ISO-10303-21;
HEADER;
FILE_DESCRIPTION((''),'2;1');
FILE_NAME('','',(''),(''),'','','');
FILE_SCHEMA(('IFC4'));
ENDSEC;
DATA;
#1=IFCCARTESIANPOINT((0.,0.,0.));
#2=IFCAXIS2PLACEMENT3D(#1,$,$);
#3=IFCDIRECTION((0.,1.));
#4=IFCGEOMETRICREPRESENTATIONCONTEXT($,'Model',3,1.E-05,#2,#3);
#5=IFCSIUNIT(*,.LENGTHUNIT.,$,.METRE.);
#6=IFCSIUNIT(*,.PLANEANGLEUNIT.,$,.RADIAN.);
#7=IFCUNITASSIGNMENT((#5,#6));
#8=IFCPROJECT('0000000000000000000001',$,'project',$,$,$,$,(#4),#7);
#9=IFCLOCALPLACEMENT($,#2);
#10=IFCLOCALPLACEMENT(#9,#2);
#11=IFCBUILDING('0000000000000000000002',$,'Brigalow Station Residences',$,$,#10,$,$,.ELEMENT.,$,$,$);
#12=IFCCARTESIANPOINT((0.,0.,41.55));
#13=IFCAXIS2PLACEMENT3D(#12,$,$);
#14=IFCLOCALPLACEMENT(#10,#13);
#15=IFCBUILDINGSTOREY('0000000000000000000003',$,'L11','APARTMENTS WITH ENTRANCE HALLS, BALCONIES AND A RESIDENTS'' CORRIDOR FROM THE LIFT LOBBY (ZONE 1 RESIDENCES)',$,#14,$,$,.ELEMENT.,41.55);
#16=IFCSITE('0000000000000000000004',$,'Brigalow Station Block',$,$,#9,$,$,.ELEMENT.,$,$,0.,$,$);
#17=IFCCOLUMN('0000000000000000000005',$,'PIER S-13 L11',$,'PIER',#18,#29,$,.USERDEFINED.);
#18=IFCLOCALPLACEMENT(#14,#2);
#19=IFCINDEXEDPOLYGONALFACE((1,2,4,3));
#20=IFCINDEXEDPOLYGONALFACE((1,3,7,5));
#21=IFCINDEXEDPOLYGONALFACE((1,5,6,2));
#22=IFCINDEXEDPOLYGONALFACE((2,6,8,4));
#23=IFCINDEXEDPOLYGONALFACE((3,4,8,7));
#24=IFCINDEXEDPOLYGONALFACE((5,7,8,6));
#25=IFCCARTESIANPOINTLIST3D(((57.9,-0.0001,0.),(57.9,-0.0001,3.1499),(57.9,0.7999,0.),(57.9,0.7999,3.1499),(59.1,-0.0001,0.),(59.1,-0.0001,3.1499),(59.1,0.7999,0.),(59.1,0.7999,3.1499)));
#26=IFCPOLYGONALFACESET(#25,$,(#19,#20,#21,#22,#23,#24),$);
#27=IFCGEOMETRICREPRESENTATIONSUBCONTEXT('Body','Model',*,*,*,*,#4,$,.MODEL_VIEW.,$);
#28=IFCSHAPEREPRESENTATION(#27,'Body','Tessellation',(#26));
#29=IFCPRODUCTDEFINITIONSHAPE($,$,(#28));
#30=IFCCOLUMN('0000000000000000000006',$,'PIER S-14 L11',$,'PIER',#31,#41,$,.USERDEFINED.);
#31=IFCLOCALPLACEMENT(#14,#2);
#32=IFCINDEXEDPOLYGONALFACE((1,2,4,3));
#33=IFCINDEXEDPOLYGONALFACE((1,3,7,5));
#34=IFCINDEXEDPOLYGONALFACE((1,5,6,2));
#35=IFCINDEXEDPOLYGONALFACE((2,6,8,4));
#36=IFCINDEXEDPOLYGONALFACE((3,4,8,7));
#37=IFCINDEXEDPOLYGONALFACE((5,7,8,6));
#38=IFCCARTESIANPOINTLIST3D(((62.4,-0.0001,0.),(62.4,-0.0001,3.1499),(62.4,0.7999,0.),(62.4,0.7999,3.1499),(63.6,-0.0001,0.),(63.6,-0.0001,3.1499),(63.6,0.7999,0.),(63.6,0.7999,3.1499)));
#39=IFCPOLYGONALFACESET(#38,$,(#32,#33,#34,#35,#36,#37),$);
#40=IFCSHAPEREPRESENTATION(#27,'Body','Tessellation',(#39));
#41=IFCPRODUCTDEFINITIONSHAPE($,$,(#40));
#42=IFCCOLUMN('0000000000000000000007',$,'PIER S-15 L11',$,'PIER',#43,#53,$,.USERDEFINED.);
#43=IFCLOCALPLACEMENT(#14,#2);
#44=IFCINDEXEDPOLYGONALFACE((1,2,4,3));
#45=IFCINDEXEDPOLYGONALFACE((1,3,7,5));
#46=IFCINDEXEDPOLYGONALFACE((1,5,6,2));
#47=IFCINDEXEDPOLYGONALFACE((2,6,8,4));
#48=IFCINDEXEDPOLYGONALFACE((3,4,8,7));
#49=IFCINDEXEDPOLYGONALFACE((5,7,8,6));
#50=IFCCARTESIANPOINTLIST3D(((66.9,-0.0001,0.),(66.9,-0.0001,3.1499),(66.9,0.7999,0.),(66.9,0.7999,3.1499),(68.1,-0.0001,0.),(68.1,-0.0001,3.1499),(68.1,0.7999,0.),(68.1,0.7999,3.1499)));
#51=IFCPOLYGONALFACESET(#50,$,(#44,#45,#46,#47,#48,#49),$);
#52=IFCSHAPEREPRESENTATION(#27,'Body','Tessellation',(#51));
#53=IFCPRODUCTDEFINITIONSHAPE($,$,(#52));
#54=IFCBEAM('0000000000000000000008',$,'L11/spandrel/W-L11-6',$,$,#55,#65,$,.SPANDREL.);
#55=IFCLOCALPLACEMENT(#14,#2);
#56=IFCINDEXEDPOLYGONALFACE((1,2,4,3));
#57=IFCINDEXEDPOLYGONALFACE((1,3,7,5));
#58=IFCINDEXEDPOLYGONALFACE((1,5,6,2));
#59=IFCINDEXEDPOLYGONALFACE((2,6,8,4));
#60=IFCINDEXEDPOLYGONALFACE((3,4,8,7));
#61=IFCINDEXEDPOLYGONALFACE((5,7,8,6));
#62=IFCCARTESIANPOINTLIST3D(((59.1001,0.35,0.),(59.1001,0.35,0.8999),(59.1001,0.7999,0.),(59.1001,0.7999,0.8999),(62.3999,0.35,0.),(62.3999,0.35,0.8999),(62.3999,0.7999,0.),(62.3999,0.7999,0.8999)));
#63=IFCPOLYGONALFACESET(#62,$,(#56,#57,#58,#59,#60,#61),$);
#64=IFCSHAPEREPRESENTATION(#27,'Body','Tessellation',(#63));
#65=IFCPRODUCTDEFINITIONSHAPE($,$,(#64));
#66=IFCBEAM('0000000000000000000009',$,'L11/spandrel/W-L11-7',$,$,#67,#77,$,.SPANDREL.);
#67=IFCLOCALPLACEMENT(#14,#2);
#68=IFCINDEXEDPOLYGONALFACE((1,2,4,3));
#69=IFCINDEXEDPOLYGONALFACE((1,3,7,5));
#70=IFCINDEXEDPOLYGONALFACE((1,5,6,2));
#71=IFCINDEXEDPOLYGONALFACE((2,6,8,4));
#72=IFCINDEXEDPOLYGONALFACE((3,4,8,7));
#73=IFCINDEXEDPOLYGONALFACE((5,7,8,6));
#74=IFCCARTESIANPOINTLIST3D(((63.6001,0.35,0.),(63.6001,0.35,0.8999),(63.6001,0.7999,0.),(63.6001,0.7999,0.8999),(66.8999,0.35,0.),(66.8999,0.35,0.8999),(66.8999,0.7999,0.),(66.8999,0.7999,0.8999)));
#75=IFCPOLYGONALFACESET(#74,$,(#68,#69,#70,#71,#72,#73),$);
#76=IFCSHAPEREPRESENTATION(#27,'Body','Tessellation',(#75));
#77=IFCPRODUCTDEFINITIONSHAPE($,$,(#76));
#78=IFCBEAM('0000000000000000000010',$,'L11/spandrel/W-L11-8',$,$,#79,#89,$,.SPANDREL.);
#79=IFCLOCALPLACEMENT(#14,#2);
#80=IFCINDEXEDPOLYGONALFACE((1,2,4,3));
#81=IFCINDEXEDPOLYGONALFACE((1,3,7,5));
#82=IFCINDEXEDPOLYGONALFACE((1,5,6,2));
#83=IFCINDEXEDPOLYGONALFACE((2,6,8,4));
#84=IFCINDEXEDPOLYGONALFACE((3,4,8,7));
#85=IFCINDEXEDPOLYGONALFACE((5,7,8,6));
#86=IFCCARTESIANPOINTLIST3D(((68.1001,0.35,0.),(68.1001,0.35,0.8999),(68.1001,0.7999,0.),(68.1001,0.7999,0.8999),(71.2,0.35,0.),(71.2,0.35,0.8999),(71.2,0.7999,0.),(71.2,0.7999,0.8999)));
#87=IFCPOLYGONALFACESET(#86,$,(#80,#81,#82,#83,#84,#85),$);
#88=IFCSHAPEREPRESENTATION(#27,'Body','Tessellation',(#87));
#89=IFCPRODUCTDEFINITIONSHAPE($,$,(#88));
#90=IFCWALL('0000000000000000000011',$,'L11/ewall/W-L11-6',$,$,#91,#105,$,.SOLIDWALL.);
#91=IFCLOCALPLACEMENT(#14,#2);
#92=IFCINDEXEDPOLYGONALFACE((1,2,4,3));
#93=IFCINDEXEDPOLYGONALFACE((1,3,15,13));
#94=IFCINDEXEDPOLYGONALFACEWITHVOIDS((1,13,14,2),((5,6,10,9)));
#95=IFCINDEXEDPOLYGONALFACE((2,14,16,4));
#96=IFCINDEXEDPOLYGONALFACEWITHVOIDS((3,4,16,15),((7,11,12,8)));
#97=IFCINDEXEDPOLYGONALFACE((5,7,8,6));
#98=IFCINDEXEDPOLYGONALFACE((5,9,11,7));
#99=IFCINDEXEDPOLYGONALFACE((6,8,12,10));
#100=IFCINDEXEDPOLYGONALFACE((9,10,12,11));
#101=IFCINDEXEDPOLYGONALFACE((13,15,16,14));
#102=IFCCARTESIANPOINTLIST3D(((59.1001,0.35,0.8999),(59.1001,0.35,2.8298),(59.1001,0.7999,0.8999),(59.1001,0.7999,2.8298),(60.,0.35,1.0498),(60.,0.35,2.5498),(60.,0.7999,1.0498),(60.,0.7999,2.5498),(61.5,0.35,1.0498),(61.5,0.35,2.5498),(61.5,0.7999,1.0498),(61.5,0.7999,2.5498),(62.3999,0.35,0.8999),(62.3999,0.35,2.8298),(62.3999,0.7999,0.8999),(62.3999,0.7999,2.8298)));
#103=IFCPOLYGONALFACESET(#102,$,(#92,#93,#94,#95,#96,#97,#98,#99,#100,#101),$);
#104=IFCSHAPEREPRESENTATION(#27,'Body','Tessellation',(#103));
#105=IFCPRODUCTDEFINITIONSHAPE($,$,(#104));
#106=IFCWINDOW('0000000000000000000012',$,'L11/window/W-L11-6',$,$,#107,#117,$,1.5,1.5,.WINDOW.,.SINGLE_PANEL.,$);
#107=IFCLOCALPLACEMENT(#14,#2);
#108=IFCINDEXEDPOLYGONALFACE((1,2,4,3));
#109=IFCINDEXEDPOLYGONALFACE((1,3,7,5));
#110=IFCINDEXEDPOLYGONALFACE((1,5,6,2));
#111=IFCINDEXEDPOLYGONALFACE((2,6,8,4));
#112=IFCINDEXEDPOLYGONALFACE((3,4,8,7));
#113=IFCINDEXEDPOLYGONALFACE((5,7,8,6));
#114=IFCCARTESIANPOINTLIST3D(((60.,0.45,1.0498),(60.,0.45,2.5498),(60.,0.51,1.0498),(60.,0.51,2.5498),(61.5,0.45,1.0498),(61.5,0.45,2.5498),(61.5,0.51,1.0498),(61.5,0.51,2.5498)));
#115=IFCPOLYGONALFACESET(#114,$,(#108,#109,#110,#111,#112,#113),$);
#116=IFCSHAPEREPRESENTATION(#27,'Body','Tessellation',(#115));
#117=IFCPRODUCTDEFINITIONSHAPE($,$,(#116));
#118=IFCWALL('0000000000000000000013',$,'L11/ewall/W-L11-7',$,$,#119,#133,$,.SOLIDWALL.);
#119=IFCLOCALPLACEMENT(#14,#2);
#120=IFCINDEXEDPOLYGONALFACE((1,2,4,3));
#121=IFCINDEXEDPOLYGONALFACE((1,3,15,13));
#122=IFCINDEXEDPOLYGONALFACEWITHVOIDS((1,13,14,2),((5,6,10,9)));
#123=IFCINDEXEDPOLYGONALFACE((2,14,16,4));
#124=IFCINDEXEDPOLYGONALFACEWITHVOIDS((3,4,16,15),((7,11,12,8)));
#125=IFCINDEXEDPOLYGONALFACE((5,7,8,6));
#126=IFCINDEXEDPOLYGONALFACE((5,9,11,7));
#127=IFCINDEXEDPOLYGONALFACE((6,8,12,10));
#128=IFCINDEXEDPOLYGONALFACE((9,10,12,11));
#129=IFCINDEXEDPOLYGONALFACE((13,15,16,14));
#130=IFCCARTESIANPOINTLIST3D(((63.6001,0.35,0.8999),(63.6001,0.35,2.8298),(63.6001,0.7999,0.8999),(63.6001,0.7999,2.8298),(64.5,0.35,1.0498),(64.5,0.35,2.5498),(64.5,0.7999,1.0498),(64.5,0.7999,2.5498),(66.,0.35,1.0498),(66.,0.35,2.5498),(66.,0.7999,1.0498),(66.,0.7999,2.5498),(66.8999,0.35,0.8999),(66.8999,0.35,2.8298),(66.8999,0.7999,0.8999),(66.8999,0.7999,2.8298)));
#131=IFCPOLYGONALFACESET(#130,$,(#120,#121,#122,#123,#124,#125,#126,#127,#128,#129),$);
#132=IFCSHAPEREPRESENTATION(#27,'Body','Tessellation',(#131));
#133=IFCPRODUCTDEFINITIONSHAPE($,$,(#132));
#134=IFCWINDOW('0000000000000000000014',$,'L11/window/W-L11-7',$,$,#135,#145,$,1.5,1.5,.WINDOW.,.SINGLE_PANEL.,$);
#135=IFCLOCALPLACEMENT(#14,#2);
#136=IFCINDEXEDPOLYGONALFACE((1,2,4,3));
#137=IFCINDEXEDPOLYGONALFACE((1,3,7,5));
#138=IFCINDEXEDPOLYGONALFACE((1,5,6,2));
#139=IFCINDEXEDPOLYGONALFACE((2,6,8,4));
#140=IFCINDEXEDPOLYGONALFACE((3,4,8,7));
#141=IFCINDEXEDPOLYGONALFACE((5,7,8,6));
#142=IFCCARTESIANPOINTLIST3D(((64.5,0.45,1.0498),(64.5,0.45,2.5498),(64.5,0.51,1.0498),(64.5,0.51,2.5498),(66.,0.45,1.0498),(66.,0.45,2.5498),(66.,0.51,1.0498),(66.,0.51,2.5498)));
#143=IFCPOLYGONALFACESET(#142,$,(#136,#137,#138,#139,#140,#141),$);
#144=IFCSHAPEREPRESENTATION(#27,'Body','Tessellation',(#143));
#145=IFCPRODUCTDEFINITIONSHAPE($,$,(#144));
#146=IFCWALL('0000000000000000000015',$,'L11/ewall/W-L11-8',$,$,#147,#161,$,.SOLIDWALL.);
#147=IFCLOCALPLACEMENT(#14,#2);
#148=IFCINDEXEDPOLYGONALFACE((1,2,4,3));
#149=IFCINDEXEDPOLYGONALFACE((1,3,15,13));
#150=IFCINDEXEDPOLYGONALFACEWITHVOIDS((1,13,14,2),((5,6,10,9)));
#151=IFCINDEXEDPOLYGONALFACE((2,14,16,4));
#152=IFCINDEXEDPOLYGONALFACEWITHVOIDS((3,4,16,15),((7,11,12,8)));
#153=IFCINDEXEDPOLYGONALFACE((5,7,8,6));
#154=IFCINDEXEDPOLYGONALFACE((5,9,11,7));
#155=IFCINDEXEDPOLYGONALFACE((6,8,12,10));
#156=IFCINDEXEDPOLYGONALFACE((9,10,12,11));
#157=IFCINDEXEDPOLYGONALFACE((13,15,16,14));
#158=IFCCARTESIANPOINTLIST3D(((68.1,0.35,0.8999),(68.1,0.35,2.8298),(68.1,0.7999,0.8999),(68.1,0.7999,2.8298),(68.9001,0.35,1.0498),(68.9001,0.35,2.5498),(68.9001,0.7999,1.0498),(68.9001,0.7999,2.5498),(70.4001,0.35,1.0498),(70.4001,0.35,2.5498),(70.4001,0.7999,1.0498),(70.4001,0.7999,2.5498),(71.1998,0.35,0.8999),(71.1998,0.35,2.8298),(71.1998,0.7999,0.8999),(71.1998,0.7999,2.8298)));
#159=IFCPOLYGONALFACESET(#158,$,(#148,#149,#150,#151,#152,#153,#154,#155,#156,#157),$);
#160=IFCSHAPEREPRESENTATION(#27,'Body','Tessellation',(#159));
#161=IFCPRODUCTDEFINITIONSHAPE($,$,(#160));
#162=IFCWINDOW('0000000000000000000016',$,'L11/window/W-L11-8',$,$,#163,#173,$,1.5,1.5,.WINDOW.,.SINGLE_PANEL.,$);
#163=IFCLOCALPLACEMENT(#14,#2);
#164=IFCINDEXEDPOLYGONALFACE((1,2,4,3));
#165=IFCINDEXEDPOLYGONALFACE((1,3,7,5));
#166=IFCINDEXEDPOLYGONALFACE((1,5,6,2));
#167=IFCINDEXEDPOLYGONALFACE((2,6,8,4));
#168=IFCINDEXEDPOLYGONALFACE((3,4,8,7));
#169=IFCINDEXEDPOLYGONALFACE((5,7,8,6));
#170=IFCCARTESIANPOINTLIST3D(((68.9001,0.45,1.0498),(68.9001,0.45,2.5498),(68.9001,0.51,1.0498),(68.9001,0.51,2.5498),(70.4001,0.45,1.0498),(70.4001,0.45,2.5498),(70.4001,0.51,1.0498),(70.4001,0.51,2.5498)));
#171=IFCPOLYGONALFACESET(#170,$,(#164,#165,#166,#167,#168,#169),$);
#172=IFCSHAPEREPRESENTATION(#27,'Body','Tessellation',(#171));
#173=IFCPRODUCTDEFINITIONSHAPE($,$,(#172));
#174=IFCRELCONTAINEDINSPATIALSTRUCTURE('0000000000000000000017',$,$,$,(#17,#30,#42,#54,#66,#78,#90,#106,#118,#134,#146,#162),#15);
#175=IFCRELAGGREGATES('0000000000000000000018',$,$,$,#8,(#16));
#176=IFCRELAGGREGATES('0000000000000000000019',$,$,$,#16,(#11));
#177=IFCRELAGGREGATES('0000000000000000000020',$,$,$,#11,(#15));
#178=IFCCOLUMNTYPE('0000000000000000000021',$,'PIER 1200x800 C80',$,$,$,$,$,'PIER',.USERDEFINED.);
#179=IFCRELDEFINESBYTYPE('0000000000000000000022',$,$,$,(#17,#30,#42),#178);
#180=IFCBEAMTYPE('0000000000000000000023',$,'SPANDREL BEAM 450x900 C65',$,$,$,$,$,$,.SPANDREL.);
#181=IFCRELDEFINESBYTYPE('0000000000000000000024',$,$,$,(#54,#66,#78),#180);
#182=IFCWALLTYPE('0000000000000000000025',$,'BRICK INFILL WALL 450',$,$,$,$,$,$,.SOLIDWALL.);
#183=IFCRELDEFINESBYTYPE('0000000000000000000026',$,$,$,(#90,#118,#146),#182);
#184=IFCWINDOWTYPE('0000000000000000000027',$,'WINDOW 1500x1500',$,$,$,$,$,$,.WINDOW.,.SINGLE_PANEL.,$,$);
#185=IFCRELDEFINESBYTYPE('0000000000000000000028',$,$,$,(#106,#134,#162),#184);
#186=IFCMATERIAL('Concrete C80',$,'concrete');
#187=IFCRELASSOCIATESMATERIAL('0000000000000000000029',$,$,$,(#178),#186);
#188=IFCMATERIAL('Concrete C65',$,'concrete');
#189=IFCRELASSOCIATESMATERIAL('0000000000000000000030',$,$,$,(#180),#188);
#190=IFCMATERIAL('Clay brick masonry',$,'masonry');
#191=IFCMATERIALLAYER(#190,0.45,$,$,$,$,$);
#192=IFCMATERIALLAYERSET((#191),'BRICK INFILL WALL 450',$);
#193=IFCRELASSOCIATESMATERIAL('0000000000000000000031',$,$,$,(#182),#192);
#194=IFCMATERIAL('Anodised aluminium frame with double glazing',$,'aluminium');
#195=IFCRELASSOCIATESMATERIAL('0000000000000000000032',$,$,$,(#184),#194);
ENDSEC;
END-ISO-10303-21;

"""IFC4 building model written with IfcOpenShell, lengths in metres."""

from ifc_helpers import new_model, si_unit, direction, frame, frame_2d, origin, origin_2d, place, context, subcontext, project, spatial, rectangle, extrude, material, layer, layer_set, material_profile, profile_set, type_object, element, fill, save


model = new_model("IFC4")

# Units and contexts
model_context = context("Model", 3, precision=1e-05, world=origin(), true_north=direction((0.0, 1.0)))
body_context = subcontext(model_context, "Body", "Model", "MODEL_VIEW")
ifc_project = project(units=[si_unit("LENGTHUNIT", "METRE"), si_unit("PLANEANGLEUNIT", "RADIAN")], contexts=[model_context])

# Site, building, storey
site_placement = place(None, origin())
site = spatial("IfcSite", under=ifc_project, at=site_placement, Name="Brigalow Station Block", CompositionType="ELEMENT", RefElevation=0.0)
building_placement = place(site_placement, origin())
building = spatial("IfcBuilding", under=site, at=building_placement, Name="Brigalow Station Residences", CompositionType="ELEMENT")
storey_placement = place(building_placement, frame((0.0, 0.0, 41.55)))
storey = spatial("IfcBuildingStorey", under=building, at=storey_placement, Name="L11", Description="APARTMENTS WITH ENTRANCE HALLS, BALCONIES AND A RESIDENTS' CORRIDOR FROM THE LIFT LOBBY (ZONE 1 RESIDENCES)", CompositionType="ELEMENT", Elevation=41.55)

# Columns
ifc_material_1 = material(Name="Concrete C80", Category="concrete")
ifc_material_profile_1 = material_profile(ifc_material_1, rectangle(XDim=1.2, YDim=0.8, at=origin_2d()), Name="RC1200x800")
ifc_profile_set_1 = profile_set([ifc_material_profile_1], Name="Concrete C80")
column_type = type_object("IfcColumnType", Name="PIER 1200x800 C80", ElementType="PIER", PredefinedType="USERDEFINED", material=ifc_profile_set_1)
for number, where, z_axis, x_axis, name in (
    (1, (58.5, 0.3999, 0.0), (0.0, 0.0, 1.0), (1.0, 0.0, 0.0), "PIER S-13 L11"),
    (2, (63.0, 0.3999, 0.0), (0.0, 0.0, 1.0), (1.0, 0.0, 0.0), "PIER S-14 L11"),
    (3, (67.5, 0.3999, 0.0), (0.0, 0.0, 1.0), (1.0, 0.0, 0.0), "PIER S-15 L11"),
):
    element("IfcColumn", number, at=place(storey_placement, frame(where, z_axis=z_axis, x_axis=x_axis)), inside=storey, type_object=column_type, Name=name, ObjectType="PIER", PredefinedType="USERDEFINED", context=body_context, shape_type="SweptSolid", body=[
        extrude(rectangle(XDim=1.2, YDim=0.8, at=origin_2d()), origin(), (0.0, 0.0, 1.0), 3.1499),
    ])

# Beams
ifc_material_2 = material(Name="Concrete C65", Category="concrete")
ifc_material_profile_2 = material_profile(ifc_material_2, rectangle(XDim=0.45, YDim=0.8999, at=origin_2d()), Name="RC450x900")
ifc_profile_set_2 = profile_set([ifc_material_profile_2], Name="Concrete C65")
beam_type = type_object("IfcBeamType", Name="SPANDREL BEAM 450x900 C65", PredefinedType="SPANDREL", material=ifc_profile_set_2)
for number, where, z_axis, x_axis, name in (
    (4, (59.1001, 0.575, 0.45), (1.0, 0.0, 0.0), (0.0, 1.0, 0.0), "L11/spandrel/W-L11-6"),
    (5, (63.6001, 0.575, 0.45), (1.0, 0.0, 0.0), (0.0, 1.0, 0.0), "L11/spandrel/W-L11-7"),
):
    element("IfcBeam", number, at=place(storey_placement, frame(where, z_axis=z_axis, x_axis=x_axis)), inside=storey, type_object=beam_type, Name=name, PredefinedType="SPANDREL", context=body_context, shape_type="SweptSolid", body=[
        extrude(rectangle(XDim=0.45, YDim=0.8999, at=origin_2d()), origin(), (0.0, 0.0, 1.0), 3.2998),
    ])
beam_placement = place(storey_placement, frame((68.1001, 0.575, 0.45), z_axis=(1.0, 0.0, 0.0), x_axis=(0.0, 1.0, 0.0)))
element("IfcBeam", 6, at=beam_placement, inside=storey, type_object=beam_type, Name="L11/spandrel/W-L11-8", PredefinedType="SPANDREL", context=body_context, shape_type="SweptSolid", body=[
    extrude(rectangle(XDim=0.45, YDim=0.8999, at=origin_2d()), origin(), (0.0, 0.0, 1.0), 3.0999),
])

# Walls, openings, windows
ifc_material_3 = material(Name="Clay brick masonry", Category="masonry")
ifc_layer_1 = layer(ifc_material_3, 0.45)
ifc_layer_set_1 = layer_set([ifc_layer_1], Name="BRICK INFILL WALL 450")
wall_type_1 = type_object("IfcWallType", Name="BRICK INFILL WALL 450", PredefinedType="SOLIDWALL", material=ifc_layer_set_1)
wall_1_placement = place(storey_placement, frame((59.1001, 0.575, 0.8999), z_axis=(0.0, 0.0, 1.0), x_axis=(1.0, 0.0, 0.0)))
wall_1 = element("IfcWall", 7, at=wall_1_placement, inside=storey, type_object=wall_type_1, Name="L11/ewall/W-L11-6", PredefinedType="SOLIDWALL", context=body_context, shape_type="SweptSolid", body=[
    extrude(rectangle(XDim=3.2998, YDim=0.45, at=frame_2d((1.6499, 0.0))), origin(), (0.0, 0.0, 1.0), 1.9299),
])
opening_1_placement = place(wall_1_placement, frame((0.8999, 0.0, 0.1499)))
opening_1 = element("IfcOpeningElement", 8, at=opening_1_placement, cuts=wall_1, PredefinedType="OPENING", context=body_context, shape_type="SweptSolid", body=[
    extrude(rectangle(XDim=1.5, YDim=1.5, at=frame_2d((0.75, 0.75))), frame((0.0, 0.2349, 0.0), z_axis=(0.0, -1.0, 0.0), x_axis=(1.0, 0.0, 0.0)), (0.0, 0.0, 1.0), 0.47),
])
ifc_material_4 = material(Name="Anodised aluminium frame with double glazing", Category="aluminium")
window_type = type_object("IfcWindowType", Name="WINDOW 1500x1500", PartitioningType="SINGLE_PANEL", PredefinedType="WINDOW", material=ifc_material_4)
window_1_placement = place(opening_1_placement, origin())
window_1 = element("IfcWindow", 9, at=window_1_placement, inside=storey, type_object=window_type, Name="L11/window/W-L11-6", OverallHeight=1.5, OverallWidth=1.5, PartitioningType="SINGLE_PANEL", PredefinedType="WINDOW", context=body_context, shape_type="SweptSolid", body=[
    extrude(rectangle(XDim=1.5, YDim=1.5, at=frame_2d((0.75, 0.75))), frame((0.0, -0.0649, 0.0), z_axis=(0.0, -1.0, 0.0), x_axis=(1.0, 0.0, 0.0)), (0.0, 0.0, 1.0), 0.0601),
])
fill(opening_1, window_1)
wall_2_placement = place(storey_placement, frame((63.6001, 0.575, 0.8999), z_axis=(0.0, 0.0, 1.0), x_axis=(1.0, 0.0, 0.0)))
wall_2 = element("IfcWall", 10, at=wall_2_placement, inside=storey, type_object=wall_type_1, Name="L11/ewall/W-L11-7", PredefinedType="SOLIDWALL", context=body_context, shape_type="SweptSolid", body=[
    extrude(rectangle(XDim=3.2998, YDim=0.45, at=frame_2d((1.6499, 0.0))), origin(), (0.0, 0.0, 1.0), 1.9299),
])
opening_2_placement = place(wall_2_placement, frame((0.8999, 0.0, 0.1499)))
opening_2 = element("IfcOpeningElement", 11, at=opening_2_placement, cuts=wall_2, PredefinedType="OPENING", context=body_context, shape_type="SweptSolid", body=[
    extrude(rectangle(XDim=1.5, YDim=1.5, at=frame_2d((0.75, 0.75))), frame((0.0, 0.2349, 0.0), z_axis=(0.0, -1.0, 0.0), x_axis=(1.0, 0.0, 0.0)), (0.0, 0.0, 1.0), 0.47),
])
window_2_placement = place(opening_2_placement, origin())
window_2 = element("IfcWindow", 12, at=window_2_placement, inside=storey, type_object=window_type, Name="L11/window/W-L11-7", OverallHeight=1.5, OverallWidth=1.5, PartitioningType="SINGLE_PANEL", PredefinedType="WINDOW", context=body_context, shape_type="SweptSolid", body=[
    extrude(rectangle(XDim=1.5, YDim=1.5, at=frame_2d((0.75, 0.75))), frame((0.0, -0.0649, 0.0), z_axis=(0.0, -1.0, 0.0), x_axis=(1.0, 0.0, 0.0)), (0.0, 0.0, 1.0), 0.0601),
])
fill(opening_2, window_2)
wall_3_placement = place(storey_placement, frame((68.1001, 0.575, 0.8999), z_axis=(0.0, 0.0, 1.0), x_axis=(1.0, 0.0, 0.0)))
wall_3 = element("IfcWall", 13, at=wall_3_placement, inside=storey, type_object=wall_type_1, Name="L11/ewall/W-L11-8", PredefinedType="SOLIDWALL", context=body_context, shape_type="SweptSolid", body=[
    extrude(rectangle(XDim=3.0999, YDim=0.45, at=frame_2d((1.5498, 0.0))), origin(), (0.0, 0.0, 1.0), 1.9299),
])
opening_3_placement = place(wall_3_placement, frame((0.8, 0.0, 0.1499)))
opening_3 = element("IfcOpeningElement", 14, at=opening_3_placement, cuts=wall_3, PredefinedType="OPENING", context=body_context, shape_type="SweptSolid", body=[
    extrude(rectangle(XDim=1.5, YDim=1.5, at=frame_2d((0.75, 0.75))), frame((0.0, 0.2349, 0.0), z_axis=(0.0, -1.0, 0.0), x_axis=(1.0, 0.0, 0.0)), (0.0, 0.0, 1.0), 0.47),
])
window_3_placement = place(opening_3_placement, origin())
window_3 = element("IfcWindow", 15, at=window_3_placement, inside=storey, type_object=window_type, Name="L11/window/W-L11-8", OverallHeight=1.5, OverallWidth=1.5, PartitioningType="SINGLE_PANEL", PredefinedType="WINDOW", context=body_context, shape_type="SweptSolid", body=[
    extrude(rectangle(XDim=1.5, YDim=1.5, at=frame_2d((0.75, 0.75))), frame((0.0, -0.0649, 0.0), z_axis=(0.0, -1.0, 0.0), x_axis=(1.0, 0.0, 0.0)), (0.0, 0.0, 1.0), 0.0601),
])
fill(opening_3, window_3)

save(model, "model.ifc")
